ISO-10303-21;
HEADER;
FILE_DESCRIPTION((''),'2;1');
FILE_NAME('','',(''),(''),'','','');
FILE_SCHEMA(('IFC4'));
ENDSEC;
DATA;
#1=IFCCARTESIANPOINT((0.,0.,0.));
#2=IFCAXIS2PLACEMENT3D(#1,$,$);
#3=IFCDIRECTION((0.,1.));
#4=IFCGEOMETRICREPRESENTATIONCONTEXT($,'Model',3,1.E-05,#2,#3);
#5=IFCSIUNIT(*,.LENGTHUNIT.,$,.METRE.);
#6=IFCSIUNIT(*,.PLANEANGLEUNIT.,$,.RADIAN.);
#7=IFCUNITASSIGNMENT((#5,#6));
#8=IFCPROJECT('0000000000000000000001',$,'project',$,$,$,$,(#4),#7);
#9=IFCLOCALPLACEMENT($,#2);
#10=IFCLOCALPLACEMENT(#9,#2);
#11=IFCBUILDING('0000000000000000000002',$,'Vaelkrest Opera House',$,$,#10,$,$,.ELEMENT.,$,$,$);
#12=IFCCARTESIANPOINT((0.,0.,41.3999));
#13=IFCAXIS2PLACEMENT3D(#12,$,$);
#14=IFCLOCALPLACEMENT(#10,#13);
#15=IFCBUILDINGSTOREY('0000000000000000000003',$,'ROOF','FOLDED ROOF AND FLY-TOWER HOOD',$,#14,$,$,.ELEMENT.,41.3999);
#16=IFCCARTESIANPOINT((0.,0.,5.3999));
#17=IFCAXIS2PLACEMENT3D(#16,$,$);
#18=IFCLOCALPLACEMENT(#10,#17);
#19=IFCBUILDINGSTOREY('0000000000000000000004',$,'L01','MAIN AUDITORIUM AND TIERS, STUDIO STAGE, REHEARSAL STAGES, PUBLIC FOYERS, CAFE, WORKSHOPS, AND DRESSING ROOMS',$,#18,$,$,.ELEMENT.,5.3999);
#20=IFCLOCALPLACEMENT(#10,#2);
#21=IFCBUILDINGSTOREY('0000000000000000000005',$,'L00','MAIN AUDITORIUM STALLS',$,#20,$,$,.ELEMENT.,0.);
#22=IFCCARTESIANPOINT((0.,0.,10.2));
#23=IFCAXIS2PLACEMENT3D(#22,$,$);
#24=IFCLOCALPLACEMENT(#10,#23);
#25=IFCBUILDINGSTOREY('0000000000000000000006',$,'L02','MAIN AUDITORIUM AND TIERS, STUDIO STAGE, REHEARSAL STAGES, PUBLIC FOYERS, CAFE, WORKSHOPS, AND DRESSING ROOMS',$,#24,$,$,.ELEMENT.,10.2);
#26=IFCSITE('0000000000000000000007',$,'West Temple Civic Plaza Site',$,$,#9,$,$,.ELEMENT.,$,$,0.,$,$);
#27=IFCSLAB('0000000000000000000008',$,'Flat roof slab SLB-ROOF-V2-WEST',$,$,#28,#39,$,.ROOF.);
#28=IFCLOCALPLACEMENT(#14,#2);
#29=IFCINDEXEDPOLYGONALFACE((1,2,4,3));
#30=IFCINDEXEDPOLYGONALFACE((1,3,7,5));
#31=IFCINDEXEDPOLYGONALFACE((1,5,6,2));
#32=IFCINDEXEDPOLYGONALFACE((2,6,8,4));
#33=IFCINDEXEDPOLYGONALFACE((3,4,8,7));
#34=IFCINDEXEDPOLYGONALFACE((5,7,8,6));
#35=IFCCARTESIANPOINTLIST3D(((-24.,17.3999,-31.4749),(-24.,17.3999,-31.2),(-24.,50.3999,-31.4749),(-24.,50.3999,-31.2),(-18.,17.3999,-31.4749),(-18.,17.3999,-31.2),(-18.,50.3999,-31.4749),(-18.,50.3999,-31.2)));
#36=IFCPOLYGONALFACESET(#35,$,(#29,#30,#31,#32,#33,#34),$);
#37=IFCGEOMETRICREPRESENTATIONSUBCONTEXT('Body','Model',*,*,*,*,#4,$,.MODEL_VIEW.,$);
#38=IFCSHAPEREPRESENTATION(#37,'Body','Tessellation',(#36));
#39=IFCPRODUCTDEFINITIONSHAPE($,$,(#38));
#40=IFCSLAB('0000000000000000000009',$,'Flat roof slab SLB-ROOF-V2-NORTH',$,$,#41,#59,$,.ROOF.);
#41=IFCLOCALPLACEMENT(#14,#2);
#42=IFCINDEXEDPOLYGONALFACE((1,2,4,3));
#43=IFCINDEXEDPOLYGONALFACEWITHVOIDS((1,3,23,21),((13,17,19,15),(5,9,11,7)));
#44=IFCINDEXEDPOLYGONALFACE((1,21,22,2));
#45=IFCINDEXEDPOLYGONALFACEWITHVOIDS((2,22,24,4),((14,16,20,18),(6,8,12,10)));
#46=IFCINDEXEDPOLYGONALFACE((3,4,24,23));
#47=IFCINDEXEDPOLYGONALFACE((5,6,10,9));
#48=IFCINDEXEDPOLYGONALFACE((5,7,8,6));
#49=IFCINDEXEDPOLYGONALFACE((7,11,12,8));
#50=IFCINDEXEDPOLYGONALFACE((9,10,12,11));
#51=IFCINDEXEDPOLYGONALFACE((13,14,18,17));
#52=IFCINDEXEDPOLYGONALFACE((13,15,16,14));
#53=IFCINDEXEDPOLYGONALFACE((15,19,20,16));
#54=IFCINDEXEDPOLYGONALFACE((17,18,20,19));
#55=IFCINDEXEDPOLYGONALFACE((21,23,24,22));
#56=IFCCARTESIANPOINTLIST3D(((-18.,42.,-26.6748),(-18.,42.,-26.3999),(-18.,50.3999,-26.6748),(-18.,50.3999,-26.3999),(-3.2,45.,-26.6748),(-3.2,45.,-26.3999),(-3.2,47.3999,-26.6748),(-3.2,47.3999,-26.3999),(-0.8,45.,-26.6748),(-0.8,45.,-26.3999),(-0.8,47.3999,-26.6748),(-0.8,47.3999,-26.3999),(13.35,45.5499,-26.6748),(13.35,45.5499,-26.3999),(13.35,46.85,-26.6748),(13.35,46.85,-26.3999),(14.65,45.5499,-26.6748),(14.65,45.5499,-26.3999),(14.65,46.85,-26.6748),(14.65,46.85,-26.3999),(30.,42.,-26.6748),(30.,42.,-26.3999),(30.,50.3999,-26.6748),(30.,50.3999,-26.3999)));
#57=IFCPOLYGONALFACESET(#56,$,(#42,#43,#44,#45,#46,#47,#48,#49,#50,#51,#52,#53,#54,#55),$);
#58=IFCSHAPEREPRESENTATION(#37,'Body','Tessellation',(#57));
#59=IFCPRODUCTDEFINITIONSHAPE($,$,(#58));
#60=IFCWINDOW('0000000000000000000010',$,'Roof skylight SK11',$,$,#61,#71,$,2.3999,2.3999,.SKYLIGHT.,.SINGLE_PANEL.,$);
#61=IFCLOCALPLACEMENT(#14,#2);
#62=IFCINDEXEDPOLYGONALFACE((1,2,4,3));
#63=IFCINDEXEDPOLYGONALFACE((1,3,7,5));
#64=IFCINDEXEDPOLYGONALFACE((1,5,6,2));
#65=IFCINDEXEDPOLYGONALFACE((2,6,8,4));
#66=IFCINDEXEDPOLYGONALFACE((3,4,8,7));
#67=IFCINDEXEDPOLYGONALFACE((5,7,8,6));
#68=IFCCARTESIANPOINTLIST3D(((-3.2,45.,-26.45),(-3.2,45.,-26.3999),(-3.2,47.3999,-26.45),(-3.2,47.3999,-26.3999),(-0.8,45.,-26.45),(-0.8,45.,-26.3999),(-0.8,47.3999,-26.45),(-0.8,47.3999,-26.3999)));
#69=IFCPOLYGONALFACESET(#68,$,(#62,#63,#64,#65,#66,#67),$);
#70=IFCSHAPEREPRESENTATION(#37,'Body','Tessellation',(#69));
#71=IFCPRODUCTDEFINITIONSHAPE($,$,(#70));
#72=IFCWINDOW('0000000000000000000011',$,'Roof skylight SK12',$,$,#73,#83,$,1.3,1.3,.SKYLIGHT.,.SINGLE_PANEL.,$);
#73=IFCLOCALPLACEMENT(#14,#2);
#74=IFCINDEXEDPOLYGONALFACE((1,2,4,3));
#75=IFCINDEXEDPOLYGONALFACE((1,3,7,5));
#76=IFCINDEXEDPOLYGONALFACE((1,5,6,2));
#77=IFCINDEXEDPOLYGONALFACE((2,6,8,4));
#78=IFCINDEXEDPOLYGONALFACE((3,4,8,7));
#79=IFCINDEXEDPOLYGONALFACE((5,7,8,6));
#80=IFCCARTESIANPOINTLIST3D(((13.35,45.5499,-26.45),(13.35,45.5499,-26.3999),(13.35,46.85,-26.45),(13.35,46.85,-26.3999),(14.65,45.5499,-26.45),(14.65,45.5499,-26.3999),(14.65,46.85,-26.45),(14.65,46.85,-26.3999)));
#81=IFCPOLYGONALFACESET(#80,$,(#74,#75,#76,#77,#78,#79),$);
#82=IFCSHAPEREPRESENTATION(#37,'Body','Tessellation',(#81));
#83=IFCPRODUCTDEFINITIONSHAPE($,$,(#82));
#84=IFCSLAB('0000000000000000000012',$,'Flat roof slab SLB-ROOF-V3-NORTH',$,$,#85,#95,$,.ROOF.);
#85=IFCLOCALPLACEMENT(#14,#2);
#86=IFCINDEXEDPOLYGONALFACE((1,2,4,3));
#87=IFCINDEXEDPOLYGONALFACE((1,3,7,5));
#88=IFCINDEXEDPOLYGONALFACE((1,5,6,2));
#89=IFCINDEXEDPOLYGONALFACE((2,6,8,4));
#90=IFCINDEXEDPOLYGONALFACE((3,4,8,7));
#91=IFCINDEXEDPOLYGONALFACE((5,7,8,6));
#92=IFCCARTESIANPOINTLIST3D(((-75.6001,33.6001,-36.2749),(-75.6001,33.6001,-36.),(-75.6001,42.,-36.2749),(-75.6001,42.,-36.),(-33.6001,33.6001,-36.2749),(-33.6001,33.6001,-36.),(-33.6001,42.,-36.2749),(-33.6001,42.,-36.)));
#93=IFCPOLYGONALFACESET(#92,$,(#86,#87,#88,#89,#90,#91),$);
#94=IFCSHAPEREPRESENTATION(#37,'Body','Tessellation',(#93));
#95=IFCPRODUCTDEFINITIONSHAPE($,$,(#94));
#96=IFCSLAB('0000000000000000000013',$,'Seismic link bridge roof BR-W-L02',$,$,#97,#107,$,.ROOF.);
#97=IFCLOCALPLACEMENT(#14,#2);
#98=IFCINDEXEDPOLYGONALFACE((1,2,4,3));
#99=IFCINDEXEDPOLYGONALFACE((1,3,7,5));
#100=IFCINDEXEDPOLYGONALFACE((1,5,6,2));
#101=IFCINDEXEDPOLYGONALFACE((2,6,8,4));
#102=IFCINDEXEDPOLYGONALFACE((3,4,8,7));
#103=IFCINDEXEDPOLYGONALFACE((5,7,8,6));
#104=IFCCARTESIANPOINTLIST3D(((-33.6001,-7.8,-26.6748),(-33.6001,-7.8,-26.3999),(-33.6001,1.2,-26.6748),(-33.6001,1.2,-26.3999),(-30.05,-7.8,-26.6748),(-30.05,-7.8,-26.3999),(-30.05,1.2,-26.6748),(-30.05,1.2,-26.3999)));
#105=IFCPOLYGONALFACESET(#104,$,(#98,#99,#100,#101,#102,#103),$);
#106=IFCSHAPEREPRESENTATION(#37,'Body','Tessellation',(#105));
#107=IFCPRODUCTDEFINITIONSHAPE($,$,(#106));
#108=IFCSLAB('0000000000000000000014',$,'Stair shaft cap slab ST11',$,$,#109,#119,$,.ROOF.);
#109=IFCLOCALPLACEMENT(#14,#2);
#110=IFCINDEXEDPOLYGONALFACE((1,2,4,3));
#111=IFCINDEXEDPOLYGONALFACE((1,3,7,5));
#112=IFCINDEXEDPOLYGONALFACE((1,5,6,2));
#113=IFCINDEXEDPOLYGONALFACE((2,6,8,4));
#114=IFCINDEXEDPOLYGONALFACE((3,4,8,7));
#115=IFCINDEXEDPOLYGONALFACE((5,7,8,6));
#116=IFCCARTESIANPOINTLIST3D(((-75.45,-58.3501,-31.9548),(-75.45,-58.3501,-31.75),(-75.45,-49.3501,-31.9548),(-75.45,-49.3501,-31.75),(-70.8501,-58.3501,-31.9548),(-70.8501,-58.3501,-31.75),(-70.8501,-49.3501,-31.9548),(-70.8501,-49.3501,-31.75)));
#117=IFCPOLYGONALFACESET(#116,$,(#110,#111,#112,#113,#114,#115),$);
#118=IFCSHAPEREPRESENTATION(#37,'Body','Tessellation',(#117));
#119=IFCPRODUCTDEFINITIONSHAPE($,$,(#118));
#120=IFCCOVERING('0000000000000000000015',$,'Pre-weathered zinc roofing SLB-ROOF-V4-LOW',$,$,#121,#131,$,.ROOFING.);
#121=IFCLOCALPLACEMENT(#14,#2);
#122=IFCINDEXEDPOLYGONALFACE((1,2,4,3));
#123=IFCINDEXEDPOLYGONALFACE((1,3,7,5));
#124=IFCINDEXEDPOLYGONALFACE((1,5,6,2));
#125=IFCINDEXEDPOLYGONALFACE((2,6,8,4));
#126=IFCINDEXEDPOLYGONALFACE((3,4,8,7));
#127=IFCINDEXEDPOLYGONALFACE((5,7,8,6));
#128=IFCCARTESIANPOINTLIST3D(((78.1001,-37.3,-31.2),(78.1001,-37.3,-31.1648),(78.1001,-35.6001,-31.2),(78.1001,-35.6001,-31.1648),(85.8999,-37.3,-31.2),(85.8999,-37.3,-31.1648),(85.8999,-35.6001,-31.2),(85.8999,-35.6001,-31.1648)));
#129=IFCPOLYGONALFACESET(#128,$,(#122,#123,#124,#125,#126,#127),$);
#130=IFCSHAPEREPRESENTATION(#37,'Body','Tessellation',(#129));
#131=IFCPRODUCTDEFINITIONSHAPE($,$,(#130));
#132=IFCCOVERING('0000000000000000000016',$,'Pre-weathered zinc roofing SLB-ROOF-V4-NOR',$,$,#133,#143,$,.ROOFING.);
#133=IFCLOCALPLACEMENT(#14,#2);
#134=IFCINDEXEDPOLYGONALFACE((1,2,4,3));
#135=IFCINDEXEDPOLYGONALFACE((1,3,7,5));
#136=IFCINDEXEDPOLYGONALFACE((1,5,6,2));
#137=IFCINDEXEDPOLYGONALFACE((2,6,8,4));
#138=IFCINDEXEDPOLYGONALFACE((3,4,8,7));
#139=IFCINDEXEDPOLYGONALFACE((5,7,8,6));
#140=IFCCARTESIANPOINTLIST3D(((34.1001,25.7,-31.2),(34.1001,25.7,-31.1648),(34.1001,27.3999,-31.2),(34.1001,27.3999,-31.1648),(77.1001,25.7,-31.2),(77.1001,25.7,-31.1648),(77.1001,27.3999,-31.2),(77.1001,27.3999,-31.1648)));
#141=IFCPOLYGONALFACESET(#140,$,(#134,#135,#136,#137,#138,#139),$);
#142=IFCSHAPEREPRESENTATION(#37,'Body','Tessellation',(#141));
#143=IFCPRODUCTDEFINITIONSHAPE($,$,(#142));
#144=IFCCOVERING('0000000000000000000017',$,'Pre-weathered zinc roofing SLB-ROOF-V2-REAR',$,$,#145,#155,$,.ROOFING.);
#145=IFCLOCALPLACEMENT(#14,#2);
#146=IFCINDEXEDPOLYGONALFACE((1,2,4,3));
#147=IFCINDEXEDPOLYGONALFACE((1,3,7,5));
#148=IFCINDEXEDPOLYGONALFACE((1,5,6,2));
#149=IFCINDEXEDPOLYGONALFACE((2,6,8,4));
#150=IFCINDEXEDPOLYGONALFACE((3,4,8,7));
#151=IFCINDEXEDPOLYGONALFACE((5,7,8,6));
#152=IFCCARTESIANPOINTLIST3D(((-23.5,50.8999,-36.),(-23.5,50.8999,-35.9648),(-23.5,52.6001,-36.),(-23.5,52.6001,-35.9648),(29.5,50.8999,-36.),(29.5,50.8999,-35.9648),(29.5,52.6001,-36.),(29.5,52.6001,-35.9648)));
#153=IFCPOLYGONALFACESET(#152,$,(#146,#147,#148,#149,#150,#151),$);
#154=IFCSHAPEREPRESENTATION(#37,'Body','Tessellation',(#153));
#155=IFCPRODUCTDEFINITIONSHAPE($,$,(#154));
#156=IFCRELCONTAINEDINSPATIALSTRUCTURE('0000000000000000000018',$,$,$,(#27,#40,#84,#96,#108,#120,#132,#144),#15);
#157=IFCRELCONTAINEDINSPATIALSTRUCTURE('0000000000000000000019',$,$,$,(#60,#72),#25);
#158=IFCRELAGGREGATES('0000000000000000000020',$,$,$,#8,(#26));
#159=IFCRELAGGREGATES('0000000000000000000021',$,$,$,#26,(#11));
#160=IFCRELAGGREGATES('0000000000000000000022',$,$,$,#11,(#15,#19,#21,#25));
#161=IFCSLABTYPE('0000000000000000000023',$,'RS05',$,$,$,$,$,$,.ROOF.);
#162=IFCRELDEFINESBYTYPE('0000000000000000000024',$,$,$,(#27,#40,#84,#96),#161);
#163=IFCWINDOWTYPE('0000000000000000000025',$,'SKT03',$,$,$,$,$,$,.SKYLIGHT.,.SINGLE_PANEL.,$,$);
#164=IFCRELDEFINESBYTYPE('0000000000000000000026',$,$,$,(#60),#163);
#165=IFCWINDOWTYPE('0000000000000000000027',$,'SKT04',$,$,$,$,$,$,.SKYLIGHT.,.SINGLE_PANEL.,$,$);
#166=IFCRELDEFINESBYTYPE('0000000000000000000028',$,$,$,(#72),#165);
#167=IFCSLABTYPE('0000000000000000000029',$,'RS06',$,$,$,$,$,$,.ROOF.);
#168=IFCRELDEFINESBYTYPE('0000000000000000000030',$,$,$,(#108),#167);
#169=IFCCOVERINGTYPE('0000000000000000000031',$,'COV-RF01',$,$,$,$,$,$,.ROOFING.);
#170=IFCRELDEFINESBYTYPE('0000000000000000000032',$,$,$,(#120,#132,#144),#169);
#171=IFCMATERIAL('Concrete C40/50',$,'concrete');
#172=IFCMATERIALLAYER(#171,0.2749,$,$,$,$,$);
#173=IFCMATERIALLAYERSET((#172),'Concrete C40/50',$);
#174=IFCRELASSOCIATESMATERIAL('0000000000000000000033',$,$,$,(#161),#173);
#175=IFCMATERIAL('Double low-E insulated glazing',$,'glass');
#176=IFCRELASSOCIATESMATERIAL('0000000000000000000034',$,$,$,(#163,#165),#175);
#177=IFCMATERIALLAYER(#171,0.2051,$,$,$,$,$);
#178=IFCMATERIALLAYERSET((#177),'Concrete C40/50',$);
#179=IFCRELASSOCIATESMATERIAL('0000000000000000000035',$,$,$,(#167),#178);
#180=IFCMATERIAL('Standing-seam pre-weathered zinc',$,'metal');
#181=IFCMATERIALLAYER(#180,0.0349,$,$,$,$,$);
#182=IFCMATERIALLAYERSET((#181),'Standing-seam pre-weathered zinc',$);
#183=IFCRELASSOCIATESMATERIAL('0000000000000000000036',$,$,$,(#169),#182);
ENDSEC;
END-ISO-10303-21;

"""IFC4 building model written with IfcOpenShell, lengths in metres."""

from ifc_helpers import new_model, si_unit, direction, frame, origin, origin_2d, place, context, subcontext, project, spatial, polyline, rectangle, outline, extrude, material, layer, layer_set, type_object, element, fill, save


model = new_model("IFC4")

# Units and contexts
model_context = context("Model", 3, precision=1e-05, world=origin(), true_north=direction((0.0, 1.0)))
body_context = subcontext(model_context, "Body", "Model", "MODEL_VIEW")
ifc_project = project(units=[si_unit("LENGTHUNIT", "METRE"), si_unit("PLANEANGLEUNIT", "RADIAN")], contexts=[model_context])

# Site, building, storey
site_placement = place(None, origin())
site = spatial("IfcSite", under=ifc_project, at=site_placement, Name="West Temple Civic Plaza Site", CompositionType="ELEMENT", RefElevation=0.0)
building_placement = place(site_placement, origin())
building = spatial("IfcBuilding", under=site, at=building_placement, Name="Vaelkrest Opera House", CompositionType="ELEMENT")
storey_1_placement = place(building_placement, frame((0.0, 0.0, 41.3999)))
storey_1 = spatial("IfcBuildingStorey", under=building, at=storey_1_placement, Name="ROOF", Description="FOLDED ROOF AND FLY-TOWER HOOD", CompositionType="ELEMENT", Elevation=41.3999)

# Shared definitions
ifc_material_1 = material(Name="Concrete C40/50", Category="concrete")
ifc_layer_1 = layer(ifc_material_1, 0.2749)
ifc_layer_set_1 = layer_set([ifc_layer_1], Name="Concrete C40/50")
slab_type_1 = type_object("IfcSlabType", Name="RS05", PredefinedType="ROOF", material=ifc_layer_set_1)

# Shared definitions
storey_2_placement = place(building_placement, frame((0.0, 0.0, 5.3999)))
storey_2 = spatial("IfcBuildingStorey", under=building, at=storey_2_placement, Name="L01", Description="MAIN AUDITORIUM AND TIERS, STUDIO STAGE, REHEARSAL STAGES, PUBLIC FOYERS, CAFE, WORKSHOPS, AND DRESSING ROOMS", CompositionType="ELEMENT", Elevation=5.3999)

# Shared definitions
ifc_material_2 = material(Name="Double low-E insulated glazing", Category="glass")
window_type_1 = type_object("IfcWindowType", Name="SKT03", PartitioningType="SINGLE_PANEL", PredefinedType="SKYLIGHT", material=ifc_material_2)

# Shared definitions
storey_3_placement = place(building_placement, origin())
storey_3 = spatial("IfcBuildingStorey", under=building, at=storey_3_placement, Name="L00", Description="MAIN AUDITORIUM STALLS", CompositionType="ELEMENT", Elevation=0.0)

# Shared definitions
window_type_2 = type_object("IfcWindowType", Name="SKT04", PartitioningType="SINGLE_PANEL", PredefinedType="SKYLIGHT", material=ifc_material_2)

# Slab
slab_1_placement = place(storey_1_placement, frame((0.0, 0.0, -31.4749)))
element("IfcSlab", 1, at=slab_1_placement, inside=storey_1, type_object=slab_type_1, Name="Flat roof slab SLB-ROOF-V2-WEST", PredefinedType="ROOF", context=body_context, shape_type="SweptSolid", body=[
    extrude(outline(polyline([(-24.0, 17.3999), (-18.0, 17.3999), (-18.0, 50.3999), (-24.0, 50.3999), (-24.0, 17.3999)])), origin(), (0.0, 0.0, 1.0), 0.2749),
])

# Slab, openings
slab_2_placement = place(storey_1_placement, frame((0.0, 0.0, -26.6748)))
slab_2 = element("IfcSlab", 2, at=slab_2_placement, inside=storey_1, type_object=slab_type_1, Name="Flat roof slab SLB-ROOF-V2-NORTH", PredefinedType="ROOF", context=body_context, shape_type="SweptSolid", body=[
    extrude(outline(polyline([(-18.0, 42.0), (30.0, 42.0), (30.0, 50.3999), (-18.0, 50.3999), (-18.0, 42.0)])), origin(), (0.0, 0.0, 1.0), 0.2749),
])
opening_1_placement = place(slab_2_placement, frame((-2.0, 46.2, 0.0)))
opening_1 = element("IfcOpeningElement", 3, at=opening_1_placement, cuts=slab_2, PredefinedType="OPENING", context=body_context, shape_type="SweptSolid", body=[
    extrude(rectangle(XDim=2.3999, YDim=2.3999, at=origin_2d()), frame((0.0, 0.0, -0.01)), (0.0, 0.0, 1.0), 0.2949),
])
opening_2_placement = place(slab_2_placement, frame((14.0, 46.2, 0.0)))
opening_2 = element("IfcOpeningElement", 4, at=opening_2_placement, cuts=slab_2, PredefinedType="OPENING", context=body_context, shape_type="SweptSolid", body=[
    extrude(rectangle(XDim=1.3, YDim=1.3, at=origin_2d()), frame((0.0, 0.0, -0.01)), (0.0, 0.0, 1.0), 0.2949),
])

# Shared definitions
storey_4_placement = place(building_placement, frame((0.0, 0.0, 10.2)))
storey_4 = spatial("IfcBuildingStorey", under=building, at=storey_4_placement, Name="L02", Description="MAIN AUDITORIUM AND TIERS, STUDIO STAGE, REHEARSAL STAGES, PUBLIC FOYERS, CAFE, WORKSHOPS, AND DRESSING ROOMS", CompositionType="ELEMENT", Elevation=10.2)

# Windows
window_1_placement = place(opening_1_placement, frame((0.0, 0.0, 0.2249)))
window_1 = element("IfcWindow", 5, at=window_1_placement, inside=storey_4, type_object=window_type_1, Name="Roof skylight SK11", OverallHeight=2.3999, OverallWidth=2.3999, PartitioningType="SINGLE_PANEL", PredefinedType="SKYLIGHT", context=body_context, shape_type="SweptSolid", body=[
    extrude(rectangle(XDim=2.3999, YDim=2.3999, at=origin_2d()), origin(), (0.0, 0.0, 1.0), 0.05),
])
fill(opening_1, window_1)
window_2_placement = place(opening_2_placement, frame((0.0, 0.0, 0.2249)))
window_2 = element("IfcWindow", 6, at=window_2_placement, inside=storey_4, type_object=window_type_2, Name="Roof skylight SK12", OverallHeight=1.3, OverallWidth=1.3, PartitioningType="SINGLE_PANEL", PredefinedType="SKYLIGHT", context=body_context, shape_type="SweptSolid", body=[
    extrude(rectangle(XDim=1.3, YDim=1.3, at=origin_2d()), origin(), (0.0, 0.0, 1.0), 0.05),
])
fill(opening_2, window_2)

# Slabs
slab_3_placement = place(storey_1_placement, frame((0.0, 0.0, -36.2749)))
element("IfcSlab", 7, at=slab_3_placement, inside=storey_1, type_object=slab_type_1, Name="Flat roof slab SLB-ROOF-V3-NORTH", PredefinedType="ROOF", context=body_context, shape_type="SweptSolid", body=[
    extrude(outline(polyline([(-75.6001, 33.6001), (-33.6001, 33.6001), (-33.6001, 42.0), (-75.6001, 42.0), (-75.6001, 33.6001)])), origin(), (0.0, 0.0, 1.0), 0.2749),
])
slab_4_placement = place(storey_1_placement, frame((0.0, 0.0, -26.6748)))
element("IfcSlab", 8, at=slab_4_placement, inside=storey_1, type_object=slab_type_1, Name="Seismic link bridge roof BR-W-L02", PredefinedType="ROOF", context=body_context, shape_type="SweptSolid", body=[
    extrude(outline(polyline([(-33.6001, -7.8), (-30.05, -7.8), (-30.05, 1.2), (-33.6001, 1.2), (-33.6001, -7.8)])), origin(), (0.0, 0.0, 1.0), 0.2749),
])
ifc_layer_2 = layer(ifc_material_1, 0.2051)
ifc_layer_set_2 = layer_set([ifc_layer_2], Name="Concrete C40/50")
slab_type_2 = type_object("IfcSlabType", Name="RS06", PredefinedType="ROOF", material=ifc_layer_set_2)
slab_5_placement = place(storey_1_placement, frame((0.0, 0.0, -31.9548)))
element("IfcSlab", 9, at=slab_5_placement, inside=storey_1, type_object=slab_type_2, Name="Stair shaft cap slab ST11", PredefinedType="ROOF", context=body_context, shape_type="SweptSolid", body=[
    extrude(outline(polyline([(-75.45, -58.3501), (-70.8501, -58.3501), (-70.8501, -49.3501), (-75.45, -49.3501), (-75.45, -58.3501)])), origin(), (0.0, 0.0, 1.0), 0.2048),
])

# Coverings
ifc_material_3 = material(Name="Standing-seam pre-weathered zinc", Category="metal")
ifc_layer_3 = layer(ifc_material_3, 0.0349)
ifc_layer_set_3 = layer_set([ifc_layer_3], Name="Standing-seam pre-weathered zinc")
covering_type = type_object("IfcCoveringType", Name="COV-RF01", PredefinedType="ROOFING", material=ifc_layer_set_3)
covering_1_placement = place(storey_1_placement, frame((0.0, 0.0, -31.2)))
element("IfcCovering", 10, at=covering_1_placement, inside=storey_1, type_object=covering_type, Name="Pre-weathered zinc roofing SLB-ROOF-V4-LOW", PredefinedType="ROOFING", context=body_context, shape_type="SweptSolid", body=[
    extrude(outline(polyline([(78.1001, -37.3), (85.8999, -37.3), (85.8999, -35.6001), (78.1001, -35.6001), (78.1001, -37.3)])), origin(), (0.0, 0.0, 1.0), 0.0352),
])
covering_2_placement = place(storey_1_placement, frame((0.0, 0.0, -31.2)))
element("IfcCovering", 11, at=covering_2_placement, inside=storey_1, type_object=covering_type, Name="Pre-weathered zinc roofing SLB-ROOF-V4-NOR", PredefinedType="ROOFING", context=body_context, shape_type="SweptSolid", body=[
    extrude(outline(polyline([(34.1001, 25.7), (77.1001, 25.7), (77.1001, 27.3999), (34.1001, 27.3999), (34.1001, 25.7)])), origin(), (0.0, 0.0, 1.0), 0.0352),
])
covering_3_placement = place(storey_1_placement, frame((0.0, 0.0, -36.0)))
element("IfcCovering", 12, at=covering_3_placement, inside=storey_1, type_object=covering_type, Name="Pre-weathered zinc roofing SLB-ROOF-V2-REAR", PredefinedType="ROOFING", context=body_context, shape_type="SweptSolid", body=[
    extrude(outline(polyline([(-23.5, 50.8999), (29.5, 50.8999), (29.5, 52.6001), (-23.5, 52.6001), (-23.5, 50.8999)])), origin(), (0.0, 0.0, 1.0), 0.0352),
])

save(model, "model.ifc")
